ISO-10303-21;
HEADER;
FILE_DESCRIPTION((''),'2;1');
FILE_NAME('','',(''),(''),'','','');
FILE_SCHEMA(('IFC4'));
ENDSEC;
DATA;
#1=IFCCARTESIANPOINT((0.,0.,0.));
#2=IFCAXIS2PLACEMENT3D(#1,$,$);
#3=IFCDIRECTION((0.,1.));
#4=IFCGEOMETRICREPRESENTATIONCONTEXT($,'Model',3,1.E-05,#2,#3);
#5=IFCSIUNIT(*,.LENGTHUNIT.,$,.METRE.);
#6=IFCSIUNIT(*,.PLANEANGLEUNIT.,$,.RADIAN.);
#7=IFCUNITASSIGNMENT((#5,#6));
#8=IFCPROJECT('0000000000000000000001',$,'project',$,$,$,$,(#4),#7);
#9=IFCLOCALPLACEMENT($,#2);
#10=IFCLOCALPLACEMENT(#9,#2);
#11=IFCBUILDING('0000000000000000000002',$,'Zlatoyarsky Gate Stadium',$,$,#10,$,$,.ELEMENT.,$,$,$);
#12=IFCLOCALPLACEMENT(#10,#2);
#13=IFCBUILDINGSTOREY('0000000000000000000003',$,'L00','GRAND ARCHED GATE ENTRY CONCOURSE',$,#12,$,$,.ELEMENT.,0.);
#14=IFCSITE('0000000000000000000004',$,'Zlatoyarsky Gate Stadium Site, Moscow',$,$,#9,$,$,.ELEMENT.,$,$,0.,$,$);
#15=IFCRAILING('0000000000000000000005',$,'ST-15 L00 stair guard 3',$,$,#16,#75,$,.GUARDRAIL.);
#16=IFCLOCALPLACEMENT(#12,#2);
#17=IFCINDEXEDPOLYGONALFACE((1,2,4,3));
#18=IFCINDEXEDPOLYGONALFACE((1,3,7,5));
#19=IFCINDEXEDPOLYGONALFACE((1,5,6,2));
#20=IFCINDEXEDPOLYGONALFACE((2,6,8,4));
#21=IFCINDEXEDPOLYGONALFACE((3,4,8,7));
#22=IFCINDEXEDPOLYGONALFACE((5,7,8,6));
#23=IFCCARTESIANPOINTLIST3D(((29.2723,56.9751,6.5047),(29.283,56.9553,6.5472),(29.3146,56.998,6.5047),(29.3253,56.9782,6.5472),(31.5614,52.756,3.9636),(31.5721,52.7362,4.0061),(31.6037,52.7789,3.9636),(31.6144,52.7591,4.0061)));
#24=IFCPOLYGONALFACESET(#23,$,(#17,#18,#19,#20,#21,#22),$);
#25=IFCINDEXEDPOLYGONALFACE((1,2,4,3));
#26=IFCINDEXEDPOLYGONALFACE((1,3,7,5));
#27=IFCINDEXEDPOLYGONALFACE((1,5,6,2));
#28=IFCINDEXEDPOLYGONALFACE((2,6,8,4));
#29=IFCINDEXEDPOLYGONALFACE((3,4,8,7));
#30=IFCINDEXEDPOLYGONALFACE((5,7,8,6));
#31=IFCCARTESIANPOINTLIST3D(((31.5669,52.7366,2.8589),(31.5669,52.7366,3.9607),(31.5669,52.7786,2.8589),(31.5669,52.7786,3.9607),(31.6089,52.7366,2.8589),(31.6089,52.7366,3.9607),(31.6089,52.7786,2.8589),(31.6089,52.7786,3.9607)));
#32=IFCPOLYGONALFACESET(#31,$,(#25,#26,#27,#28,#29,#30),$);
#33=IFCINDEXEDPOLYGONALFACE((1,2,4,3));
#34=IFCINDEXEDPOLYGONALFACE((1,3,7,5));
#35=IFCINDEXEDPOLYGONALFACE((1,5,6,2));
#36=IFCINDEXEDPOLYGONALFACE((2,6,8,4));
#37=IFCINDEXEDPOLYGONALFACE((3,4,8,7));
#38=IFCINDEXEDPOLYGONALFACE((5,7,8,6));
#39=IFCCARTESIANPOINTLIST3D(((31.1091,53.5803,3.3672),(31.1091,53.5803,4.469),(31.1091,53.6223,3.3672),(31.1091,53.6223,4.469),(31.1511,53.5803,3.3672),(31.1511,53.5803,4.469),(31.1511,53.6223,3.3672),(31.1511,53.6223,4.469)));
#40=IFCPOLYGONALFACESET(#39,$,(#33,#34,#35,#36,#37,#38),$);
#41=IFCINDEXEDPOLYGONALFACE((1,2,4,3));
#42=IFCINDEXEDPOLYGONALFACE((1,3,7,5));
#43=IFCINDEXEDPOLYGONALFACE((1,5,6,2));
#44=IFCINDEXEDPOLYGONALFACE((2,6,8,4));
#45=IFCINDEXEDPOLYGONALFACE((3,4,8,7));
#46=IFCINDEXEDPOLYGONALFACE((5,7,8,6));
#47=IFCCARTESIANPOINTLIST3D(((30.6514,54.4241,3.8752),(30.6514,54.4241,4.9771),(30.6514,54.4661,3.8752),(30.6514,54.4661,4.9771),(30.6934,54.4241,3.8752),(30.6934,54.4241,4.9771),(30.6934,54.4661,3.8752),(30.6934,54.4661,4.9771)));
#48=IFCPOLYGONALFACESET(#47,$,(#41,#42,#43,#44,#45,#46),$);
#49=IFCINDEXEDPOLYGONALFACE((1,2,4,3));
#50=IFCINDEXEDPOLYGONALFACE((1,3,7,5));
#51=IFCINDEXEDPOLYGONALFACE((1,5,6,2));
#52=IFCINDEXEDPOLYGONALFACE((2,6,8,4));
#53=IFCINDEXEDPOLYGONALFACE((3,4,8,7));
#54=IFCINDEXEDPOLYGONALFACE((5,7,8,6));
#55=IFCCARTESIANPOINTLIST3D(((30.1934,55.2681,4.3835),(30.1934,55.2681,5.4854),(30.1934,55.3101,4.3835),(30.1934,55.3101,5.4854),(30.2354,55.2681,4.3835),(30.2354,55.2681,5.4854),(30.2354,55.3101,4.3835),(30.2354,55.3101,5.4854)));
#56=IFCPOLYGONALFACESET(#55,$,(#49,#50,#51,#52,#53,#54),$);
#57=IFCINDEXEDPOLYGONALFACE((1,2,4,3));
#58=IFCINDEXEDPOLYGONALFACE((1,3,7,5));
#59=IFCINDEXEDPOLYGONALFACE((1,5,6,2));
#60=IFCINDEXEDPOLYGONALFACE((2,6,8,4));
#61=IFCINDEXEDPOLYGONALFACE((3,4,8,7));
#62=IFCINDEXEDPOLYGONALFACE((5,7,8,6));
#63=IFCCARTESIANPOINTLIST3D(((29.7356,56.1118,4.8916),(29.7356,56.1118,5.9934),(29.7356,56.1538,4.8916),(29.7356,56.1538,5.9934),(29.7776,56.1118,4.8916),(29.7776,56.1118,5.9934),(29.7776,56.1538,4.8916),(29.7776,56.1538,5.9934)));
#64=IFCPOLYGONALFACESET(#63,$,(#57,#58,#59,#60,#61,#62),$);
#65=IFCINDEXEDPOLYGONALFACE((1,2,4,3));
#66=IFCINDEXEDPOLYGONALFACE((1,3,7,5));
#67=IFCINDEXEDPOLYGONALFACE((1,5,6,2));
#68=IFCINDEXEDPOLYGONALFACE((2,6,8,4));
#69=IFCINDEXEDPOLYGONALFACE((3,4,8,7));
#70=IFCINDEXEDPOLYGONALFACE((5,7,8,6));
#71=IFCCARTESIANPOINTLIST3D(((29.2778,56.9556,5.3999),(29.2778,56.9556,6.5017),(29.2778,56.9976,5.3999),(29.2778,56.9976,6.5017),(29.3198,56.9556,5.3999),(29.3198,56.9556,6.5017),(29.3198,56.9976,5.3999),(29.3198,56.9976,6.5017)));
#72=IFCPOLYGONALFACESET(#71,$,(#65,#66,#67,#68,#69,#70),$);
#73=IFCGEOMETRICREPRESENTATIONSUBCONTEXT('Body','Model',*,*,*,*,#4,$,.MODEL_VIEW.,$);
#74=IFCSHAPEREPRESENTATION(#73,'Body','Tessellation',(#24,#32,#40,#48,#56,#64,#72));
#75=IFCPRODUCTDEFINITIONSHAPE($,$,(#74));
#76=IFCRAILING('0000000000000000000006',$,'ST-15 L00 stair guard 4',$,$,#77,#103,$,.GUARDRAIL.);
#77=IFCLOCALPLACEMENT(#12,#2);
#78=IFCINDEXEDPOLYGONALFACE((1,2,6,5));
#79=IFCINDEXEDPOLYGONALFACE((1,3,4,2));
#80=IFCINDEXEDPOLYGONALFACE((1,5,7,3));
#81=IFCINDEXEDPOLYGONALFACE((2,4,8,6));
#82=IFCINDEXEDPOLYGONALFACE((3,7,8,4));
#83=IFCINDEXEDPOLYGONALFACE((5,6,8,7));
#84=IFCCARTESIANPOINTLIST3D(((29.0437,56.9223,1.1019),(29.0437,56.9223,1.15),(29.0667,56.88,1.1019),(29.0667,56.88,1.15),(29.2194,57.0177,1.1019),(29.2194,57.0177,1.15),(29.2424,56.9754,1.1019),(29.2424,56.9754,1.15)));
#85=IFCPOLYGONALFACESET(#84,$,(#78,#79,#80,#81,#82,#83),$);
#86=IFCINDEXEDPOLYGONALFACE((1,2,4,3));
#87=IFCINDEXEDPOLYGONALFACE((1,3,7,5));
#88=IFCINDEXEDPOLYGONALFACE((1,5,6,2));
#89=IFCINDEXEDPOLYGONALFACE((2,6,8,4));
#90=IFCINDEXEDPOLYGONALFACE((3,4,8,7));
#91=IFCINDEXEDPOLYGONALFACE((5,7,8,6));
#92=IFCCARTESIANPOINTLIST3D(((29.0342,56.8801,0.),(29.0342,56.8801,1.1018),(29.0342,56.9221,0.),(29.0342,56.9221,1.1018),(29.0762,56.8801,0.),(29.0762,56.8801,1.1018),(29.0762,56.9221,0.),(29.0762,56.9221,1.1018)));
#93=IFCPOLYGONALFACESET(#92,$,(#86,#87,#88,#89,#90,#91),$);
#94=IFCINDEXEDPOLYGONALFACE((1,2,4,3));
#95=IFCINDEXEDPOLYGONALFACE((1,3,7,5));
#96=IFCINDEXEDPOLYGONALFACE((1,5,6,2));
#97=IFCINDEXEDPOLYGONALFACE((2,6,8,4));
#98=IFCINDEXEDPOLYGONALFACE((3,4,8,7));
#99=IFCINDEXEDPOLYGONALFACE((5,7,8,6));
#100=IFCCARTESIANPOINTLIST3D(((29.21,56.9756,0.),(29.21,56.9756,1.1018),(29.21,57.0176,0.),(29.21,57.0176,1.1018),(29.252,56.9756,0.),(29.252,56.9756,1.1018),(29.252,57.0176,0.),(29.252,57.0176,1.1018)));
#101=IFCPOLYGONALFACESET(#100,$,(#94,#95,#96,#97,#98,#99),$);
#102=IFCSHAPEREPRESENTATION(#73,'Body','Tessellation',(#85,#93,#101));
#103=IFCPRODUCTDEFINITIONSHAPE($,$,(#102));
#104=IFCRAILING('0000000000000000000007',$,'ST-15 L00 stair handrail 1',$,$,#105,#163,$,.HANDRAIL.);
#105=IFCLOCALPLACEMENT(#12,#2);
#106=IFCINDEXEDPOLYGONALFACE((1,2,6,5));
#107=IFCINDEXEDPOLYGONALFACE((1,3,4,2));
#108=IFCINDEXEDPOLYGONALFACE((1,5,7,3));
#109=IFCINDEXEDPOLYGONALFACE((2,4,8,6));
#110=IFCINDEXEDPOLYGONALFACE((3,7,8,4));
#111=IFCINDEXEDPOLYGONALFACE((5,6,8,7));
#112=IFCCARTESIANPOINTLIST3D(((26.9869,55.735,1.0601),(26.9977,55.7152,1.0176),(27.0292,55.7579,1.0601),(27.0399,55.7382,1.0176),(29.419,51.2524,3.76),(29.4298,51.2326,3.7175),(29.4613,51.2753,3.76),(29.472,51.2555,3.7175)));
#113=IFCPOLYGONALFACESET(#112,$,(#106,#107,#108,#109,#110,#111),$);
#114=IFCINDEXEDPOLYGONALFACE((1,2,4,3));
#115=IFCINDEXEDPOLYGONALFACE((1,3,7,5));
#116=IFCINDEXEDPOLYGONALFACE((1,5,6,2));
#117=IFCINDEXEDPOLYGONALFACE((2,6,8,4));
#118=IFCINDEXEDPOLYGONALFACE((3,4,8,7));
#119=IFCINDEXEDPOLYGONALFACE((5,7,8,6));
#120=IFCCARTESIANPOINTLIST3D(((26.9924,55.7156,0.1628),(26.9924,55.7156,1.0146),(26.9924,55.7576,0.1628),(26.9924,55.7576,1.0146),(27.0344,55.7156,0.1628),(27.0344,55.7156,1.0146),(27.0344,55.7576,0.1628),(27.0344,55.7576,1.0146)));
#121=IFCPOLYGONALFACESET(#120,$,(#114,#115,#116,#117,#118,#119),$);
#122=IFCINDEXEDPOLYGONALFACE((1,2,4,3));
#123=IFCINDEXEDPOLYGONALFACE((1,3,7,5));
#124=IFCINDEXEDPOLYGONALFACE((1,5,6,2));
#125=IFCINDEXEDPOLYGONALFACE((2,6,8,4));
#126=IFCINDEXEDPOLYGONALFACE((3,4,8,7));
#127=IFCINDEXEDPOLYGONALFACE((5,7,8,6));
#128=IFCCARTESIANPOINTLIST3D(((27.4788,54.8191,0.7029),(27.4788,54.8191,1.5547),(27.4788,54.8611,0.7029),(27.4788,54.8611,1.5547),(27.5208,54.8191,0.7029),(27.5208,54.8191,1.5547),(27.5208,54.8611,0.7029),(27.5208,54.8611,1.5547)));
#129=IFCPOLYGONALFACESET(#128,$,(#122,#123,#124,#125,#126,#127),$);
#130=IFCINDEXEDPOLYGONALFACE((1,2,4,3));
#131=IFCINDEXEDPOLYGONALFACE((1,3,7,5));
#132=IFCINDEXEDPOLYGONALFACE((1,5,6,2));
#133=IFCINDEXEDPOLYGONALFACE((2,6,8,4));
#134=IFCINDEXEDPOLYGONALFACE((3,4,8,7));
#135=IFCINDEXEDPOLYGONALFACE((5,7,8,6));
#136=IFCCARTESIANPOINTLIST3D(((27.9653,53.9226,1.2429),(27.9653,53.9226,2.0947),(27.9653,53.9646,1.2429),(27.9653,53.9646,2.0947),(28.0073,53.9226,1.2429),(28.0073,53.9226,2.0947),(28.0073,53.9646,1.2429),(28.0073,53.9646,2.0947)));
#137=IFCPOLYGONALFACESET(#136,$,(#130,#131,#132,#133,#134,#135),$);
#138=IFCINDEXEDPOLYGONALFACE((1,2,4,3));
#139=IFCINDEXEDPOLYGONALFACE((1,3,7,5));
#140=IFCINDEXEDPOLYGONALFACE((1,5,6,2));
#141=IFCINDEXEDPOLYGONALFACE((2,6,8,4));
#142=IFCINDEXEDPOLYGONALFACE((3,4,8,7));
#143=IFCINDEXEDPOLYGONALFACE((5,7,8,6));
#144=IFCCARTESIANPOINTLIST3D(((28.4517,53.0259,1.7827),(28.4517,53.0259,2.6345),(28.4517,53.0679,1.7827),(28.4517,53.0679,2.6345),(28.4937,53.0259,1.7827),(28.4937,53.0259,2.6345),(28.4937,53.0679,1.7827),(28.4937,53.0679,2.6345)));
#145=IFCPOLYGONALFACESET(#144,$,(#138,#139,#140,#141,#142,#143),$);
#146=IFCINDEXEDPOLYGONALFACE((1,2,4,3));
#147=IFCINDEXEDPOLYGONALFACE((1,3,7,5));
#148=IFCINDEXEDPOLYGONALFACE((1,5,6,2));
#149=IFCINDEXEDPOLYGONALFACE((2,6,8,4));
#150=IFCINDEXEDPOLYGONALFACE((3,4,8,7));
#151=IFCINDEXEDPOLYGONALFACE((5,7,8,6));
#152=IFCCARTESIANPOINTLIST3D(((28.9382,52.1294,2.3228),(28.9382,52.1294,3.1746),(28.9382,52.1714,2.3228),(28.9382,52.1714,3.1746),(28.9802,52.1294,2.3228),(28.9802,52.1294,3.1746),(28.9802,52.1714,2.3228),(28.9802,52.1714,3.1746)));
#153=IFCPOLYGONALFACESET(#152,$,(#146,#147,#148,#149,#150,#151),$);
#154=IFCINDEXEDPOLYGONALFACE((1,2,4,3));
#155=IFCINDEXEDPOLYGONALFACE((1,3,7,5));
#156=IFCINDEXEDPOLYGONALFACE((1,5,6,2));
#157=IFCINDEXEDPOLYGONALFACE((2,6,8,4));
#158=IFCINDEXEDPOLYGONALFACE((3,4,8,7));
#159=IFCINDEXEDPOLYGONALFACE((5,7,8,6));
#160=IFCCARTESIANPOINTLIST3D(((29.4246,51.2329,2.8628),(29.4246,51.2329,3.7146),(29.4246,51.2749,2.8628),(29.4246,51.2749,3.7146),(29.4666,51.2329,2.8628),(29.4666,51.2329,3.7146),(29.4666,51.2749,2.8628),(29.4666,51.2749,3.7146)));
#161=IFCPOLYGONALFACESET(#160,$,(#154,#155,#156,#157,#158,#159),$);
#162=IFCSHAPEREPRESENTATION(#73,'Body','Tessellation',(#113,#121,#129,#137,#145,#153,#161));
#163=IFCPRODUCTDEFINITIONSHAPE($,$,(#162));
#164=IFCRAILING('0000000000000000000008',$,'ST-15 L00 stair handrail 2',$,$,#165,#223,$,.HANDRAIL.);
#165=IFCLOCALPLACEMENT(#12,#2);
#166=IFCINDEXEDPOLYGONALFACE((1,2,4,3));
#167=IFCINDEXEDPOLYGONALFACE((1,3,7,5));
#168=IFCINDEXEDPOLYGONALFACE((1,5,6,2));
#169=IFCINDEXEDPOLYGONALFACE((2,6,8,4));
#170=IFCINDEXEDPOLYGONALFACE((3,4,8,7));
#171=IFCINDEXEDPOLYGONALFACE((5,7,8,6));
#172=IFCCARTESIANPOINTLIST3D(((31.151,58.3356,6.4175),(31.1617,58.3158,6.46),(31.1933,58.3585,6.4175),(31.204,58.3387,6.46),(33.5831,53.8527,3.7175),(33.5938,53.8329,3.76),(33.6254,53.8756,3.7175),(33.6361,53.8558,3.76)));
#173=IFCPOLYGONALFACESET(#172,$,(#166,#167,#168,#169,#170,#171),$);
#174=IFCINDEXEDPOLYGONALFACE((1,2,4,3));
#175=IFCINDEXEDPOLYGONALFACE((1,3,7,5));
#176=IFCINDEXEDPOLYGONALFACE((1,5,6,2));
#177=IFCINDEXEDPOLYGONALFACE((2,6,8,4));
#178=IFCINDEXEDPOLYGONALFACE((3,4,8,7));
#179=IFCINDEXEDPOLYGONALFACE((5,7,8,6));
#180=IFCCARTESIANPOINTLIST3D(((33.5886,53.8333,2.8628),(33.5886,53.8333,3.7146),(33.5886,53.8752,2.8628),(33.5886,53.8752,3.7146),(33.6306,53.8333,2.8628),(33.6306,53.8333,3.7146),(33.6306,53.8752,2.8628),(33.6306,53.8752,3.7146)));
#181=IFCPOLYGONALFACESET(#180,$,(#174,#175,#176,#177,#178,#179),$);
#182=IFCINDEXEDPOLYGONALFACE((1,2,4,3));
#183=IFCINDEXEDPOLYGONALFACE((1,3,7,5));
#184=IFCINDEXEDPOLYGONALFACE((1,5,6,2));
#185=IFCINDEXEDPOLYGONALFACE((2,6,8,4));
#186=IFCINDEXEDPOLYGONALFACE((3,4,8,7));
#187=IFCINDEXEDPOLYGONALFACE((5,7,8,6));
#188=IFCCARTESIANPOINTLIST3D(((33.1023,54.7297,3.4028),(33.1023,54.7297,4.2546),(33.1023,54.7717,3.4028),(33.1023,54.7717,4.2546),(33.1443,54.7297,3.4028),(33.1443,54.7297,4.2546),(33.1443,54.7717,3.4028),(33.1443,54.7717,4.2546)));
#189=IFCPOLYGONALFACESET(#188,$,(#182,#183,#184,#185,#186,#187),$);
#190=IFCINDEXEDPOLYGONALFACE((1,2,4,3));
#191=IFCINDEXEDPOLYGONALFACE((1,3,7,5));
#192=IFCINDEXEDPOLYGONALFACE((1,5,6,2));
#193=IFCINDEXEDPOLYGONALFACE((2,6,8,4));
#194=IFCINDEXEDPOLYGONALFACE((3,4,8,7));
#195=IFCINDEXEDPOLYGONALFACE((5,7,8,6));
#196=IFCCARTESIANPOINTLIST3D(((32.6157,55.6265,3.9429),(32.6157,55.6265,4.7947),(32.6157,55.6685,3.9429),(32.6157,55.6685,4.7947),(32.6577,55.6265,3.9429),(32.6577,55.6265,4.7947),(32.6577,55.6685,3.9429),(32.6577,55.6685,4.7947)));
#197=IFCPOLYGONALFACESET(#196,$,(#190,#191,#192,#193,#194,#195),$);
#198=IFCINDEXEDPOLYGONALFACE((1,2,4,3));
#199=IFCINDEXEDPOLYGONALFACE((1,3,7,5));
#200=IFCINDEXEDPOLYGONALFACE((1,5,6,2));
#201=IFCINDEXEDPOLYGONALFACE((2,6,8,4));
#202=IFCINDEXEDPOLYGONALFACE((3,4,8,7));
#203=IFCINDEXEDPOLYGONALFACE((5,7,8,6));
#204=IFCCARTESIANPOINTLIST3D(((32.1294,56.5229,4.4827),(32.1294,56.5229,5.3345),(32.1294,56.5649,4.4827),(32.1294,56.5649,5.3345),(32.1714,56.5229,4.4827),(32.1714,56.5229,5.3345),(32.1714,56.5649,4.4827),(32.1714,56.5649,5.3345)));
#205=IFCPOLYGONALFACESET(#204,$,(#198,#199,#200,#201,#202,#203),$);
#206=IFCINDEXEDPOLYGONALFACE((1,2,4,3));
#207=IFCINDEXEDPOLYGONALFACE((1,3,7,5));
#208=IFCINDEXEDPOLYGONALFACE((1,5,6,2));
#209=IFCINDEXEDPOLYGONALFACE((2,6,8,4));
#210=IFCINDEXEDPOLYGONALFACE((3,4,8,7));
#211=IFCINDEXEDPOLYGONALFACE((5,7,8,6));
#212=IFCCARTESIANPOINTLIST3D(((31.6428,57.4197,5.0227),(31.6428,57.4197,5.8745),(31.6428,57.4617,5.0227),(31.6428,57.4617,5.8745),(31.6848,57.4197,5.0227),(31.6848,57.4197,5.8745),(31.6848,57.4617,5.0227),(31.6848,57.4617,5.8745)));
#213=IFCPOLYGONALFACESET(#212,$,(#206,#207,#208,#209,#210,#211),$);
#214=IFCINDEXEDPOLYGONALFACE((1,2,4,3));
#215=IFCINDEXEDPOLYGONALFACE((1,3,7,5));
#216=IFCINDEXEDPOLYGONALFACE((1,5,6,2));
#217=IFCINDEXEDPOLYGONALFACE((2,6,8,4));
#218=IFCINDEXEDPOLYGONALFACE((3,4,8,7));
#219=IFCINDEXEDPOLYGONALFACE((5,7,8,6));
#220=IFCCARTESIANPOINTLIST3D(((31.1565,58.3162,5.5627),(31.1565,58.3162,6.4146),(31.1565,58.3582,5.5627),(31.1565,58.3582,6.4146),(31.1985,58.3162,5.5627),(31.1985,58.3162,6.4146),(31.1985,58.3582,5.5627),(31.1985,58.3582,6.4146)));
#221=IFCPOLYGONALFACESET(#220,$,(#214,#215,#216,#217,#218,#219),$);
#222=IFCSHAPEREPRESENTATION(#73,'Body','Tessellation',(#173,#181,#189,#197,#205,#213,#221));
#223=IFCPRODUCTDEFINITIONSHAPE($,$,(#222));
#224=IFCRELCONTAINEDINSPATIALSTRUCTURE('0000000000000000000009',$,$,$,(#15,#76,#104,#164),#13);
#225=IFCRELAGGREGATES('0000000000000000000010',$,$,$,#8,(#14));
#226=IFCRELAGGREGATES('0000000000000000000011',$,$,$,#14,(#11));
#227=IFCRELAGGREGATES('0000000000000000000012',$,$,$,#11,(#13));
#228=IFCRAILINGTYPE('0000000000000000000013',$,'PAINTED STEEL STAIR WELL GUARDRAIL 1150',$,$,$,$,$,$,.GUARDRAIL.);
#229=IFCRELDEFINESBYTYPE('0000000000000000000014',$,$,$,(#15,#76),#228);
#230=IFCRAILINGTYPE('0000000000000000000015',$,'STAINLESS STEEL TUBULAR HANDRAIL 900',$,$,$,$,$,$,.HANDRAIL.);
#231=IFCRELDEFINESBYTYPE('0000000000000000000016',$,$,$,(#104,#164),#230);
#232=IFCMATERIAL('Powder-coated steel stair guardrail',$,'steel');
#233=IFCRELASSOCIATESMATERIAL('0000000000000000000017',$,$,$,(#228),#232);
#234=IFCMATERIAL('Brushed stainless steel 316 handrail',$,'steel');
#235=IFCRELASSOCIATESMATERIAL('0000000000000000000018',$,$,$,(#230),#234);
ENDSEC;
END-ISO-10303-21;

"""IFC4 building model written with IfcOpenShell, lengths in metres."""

from ifc_helpers import new_model, si_unit, direction, frame, origin, origin_2d, place, context, subcontext, project, spatial, rectangle, extrude, material, type_object, element, save


model = new_model("IFC4")

# Units and contexts
model_context = context("Model", 3, precision=1e-05, world=origin(), true_north=direction((0.0, 1.0)))
body_context = subcontext(model_context, "Body", "Model", "MODEL_VIEW")
ifc_project = project(units=[si_unit("LENGTHUNIT", "METRE"), si_unit("PLANEANGLEUNIT", "RADIAN")], contexts=[model_context])

# Site, building, storey
site_placement = place(None, origin())
site = spatial("IfcSite", under=ifc_project, at=site_placement, Name="Zlatoyarsky Gate Stadium Site, Moscow", CompositionType="ELEMENT", RefElevation=0.0)
building_placement = place(site_placement, origin())
building = spatial("IfcBuilding", under=site, at=building_placement, Name="Zlatoyarsky Gate Stadium", CompositionType="ELEMENT")
storey_placement = place(building_placement, origin())
storey = spatial("IfcBuildingStorey", under=building, at=storey_placement, Name="L00", Description="GRAND ARCHED GATE ENTRY CONCOURSE", CompositionType="ELEMENT", Elevation=0.0)

# Railings
ifc_material_1 = material(Name="Powder-coated steel stair guardrail", Category="steel")
railing_type_1 = type_object("IfcRailingType", Name="PAINTED STEEL STAIR WELL GUARDRAIL 1150", PredefinedType="GUARDRAIL", material=ifc_material_1)
railing_1_placement = place(storey_placement, frame((31.5879, 52.7576, 2.8589)))
element("IfcRailing", 1, at=railing_1_placement, inside=storey, type_object=railing_type_1, Name="ST-15 L00 stair guard 3", PredefinedType="GUARDRAIL", context=body_context, shape_type="SweptSolid", body=[
    extrude(rectangle(XDim=0.0481, YDim=0.0481, at=origin_2d()), frame((0.0, 0.0, 1.126), z_axis=(-0.421476, 0.776826, 0.467867), x_axis=(-0.878962, -0.476891, 0.0)), (0.0, 0.0, 1.0), 5.4312),
    extrude(rectangle(XDim=0.042, YDim=0.042, at=origin_2d()), origin(), (0.0, 0.0, 1.0), 1.1018),
    extrude(rectangle(XDim=0.042, YDim=0.042, at=origin_2d()), frame((-0.4578, 0.8438, 0.5083)), (0.0, 0.0, 1.0), 1.1018),
    extrude(rectangle(XDim=0.042, YDim=0.042, at=origin_2d()), frame((-0.9155, 1.6875, 1.0164)), (0.0, 0.0, 1.0), 1.1018),
    extrude(rectangle(XDim=0.042, YDim=0.042, at=origin_2d()), frame((-1.3735, 2.5315, 1.5247)), (0.0, 0.0, 1.0), 1.1018),
    extrude(rectangle(XDim=0.042, YDim=0.042, at=origin_2d()), frame((-1.8313, 3.3752, 2.0327)), (0.0, 0.0, 1.0), 1.1018),
    extrude(rectangle(XDim=0.042, YDim=0.042, at=origin_2d()), frame((-2.2891, 4.219, 2.541)), (0.0, 0.0, 1.0), 1.1018),
])
railing_2_placement = place(storey_placement, frame((29.0552, 56.9011, 0.0)))
element("IfcRailing", 2, at=railing_2_placement, inside=storey, type_object=railing_type_1, Name="ST-15 L00 stair guard 4", PredefinedType="GUARDRAIL", context=body_context, shape_type="SweptSolid", body=[
    extrude(rectangle(XDim=0.0481, YDim=0.0481, at=origin_2d()), frame((0.0, 0.0, 1.126), z_axis=(0.87878, 0.477227, 0.0), x_axis=(-0.477227, 0.87878, 0.0)), (0.0, 0.0, 1.0), 0.2),
    extrude(rectangle(XDim=0.042, YDim=0.042, at=origin_2d()), origin(), (0.0, 0.0, 1.0), 1.1018),
    extrude(rectangle(XDim=0.042, YDim=0.042, at=origin_2d()), frame((0.1758, 0.0955, 0.0)), (0.0, 0.0, 1.0), 1.1018),
])
ifc_material_2 = material(Name="Brushed stainless steel 316 handrail", Category="steel")
railing_type_2 = type_object("IfcRailingType", Name="STAINLESS STEEL TUBULAR HANDRAIL 900", PredefinedType="HANDRAIL", material=ifc_material_2)
railing_3_placement = place(storey_placement, frame((27.0134, 55.7366, 0.1628)))
element("IfcRailing", 3, at=railing_3_placement, inside=storey, type_object=railing_type_2, Name="ST-15 L00 stair handrail 1", PredefinedType="HANDRAIL", context=body_context, shape_type="SweptSolid", body=[
    extrude(rectangle(XDim=0.0481, YDim=0.0481, at=origin_2d()), frame((0.0, 0.0, 0.876), z_axis=(0.421472, -0.776817, 0.467884), x_axis=(0.878962, 0.476892, 0.0)), (0.0, 0.0, 1.0), 5.7705),
    extrude(rectangle(XDim=0.042, YDim=0.042, at=origin_2d()), origin(), (0.0, 0.0, 1.0), 0.8518),
    extrude(rectangle(XDim=0.042, YDim=0.042, at=origin_2d()), frame((0.4863, -0.8965, 0.54)), (0.0, 0.0, 1.0), 0.8518),
    extrude(rectangle(XDim=0.042, YDim=0.042, at=origin_2d()), frame((0.9729, -1.793, 1.0801)), (0.0, 0.0, 1.0), 0.8518),
    extrude(rectangle(XDim=0.042, YDim=0.042, at=origin_2d()), frame((1.4592, -2.6897, 1.6199)), (0.0, 0.0, 1.0), 0.8518),
    extrude(rectangle(XDim=0.042, YDim=0.042, at=origin_2d()), frame((1.9458, -3.5862, 2.1599)), (0.0, 0.0, 1.0), 0.8518),
    extrude(rectangle(XDim=0.042, YDim=0.042, at=origin_2d()), frame((2.4321, -4.4827, 2.7)), (0.0, 0.0, 1.0), 0.8518),
])
railing_4_placement = place(storey_placement, frame((33.6096, 53.8542, 2.8628)))
element("IfcRailing", 4, at=railing_4_placement, inside=storey, type_object=railing_type_2, Name="ST-15 L00 stair handrail 2", PredefinedType="HANDRAIL", context=body_context, shape_type="SweptSolid", body=[
    extrude(rectangle(XDim=0.0481, YDim=0.0481, at=origin_2d()), frame((0.0, 0.0, 0.876), z_axis=(-0.421459, 0.776834, 0.467869), x_axis=(-0.878973, -0.476872, 0.0)), (0.0, 0.0, 1.0), 5.7708),
    extrude(rectangle(XDim=0.042, YDim=0.042, at=origin_2d()), origin(), (0.0, 0.0, 1.0), 0.8518),
    extrude(rectangle(XDim=0.042, YDim=0.042, at=origin_2d()), frame((-0.4863, 0.8965, 0.54)), (0.0, 0.0, 1.0), 0.8518),
    extrude(rectangle(XDim=0.042, YDim=0.042, at=origin_2d()), frame((-0.9729, 1.7932, 1.0801)), (0.0, 0.0, 1.0), 0.8518),
    extrude(rectangle(XDim=0.042, YDim=0.042, at=origin_2d()), frame((-1.4592, 2.6897, 1.6199)), (0.0, 0.0, 1.0), 0.8518),
    extrude(rectangle(XDim=0.042, YDim=0.042, at=origin_2d()), frame((-1.9458, 3.5864, 2.1599)), (0.0, 0.0, 1.0), 0.8518),
    extrude(rectangle(XDim=0.042, YDim=0.042, at=origin_2d()), frame((-2.4321, 4.4829, 2.7)), (0.0, 0.0, 1.0), 0.8518),
])

save(model, "model.ifc")
